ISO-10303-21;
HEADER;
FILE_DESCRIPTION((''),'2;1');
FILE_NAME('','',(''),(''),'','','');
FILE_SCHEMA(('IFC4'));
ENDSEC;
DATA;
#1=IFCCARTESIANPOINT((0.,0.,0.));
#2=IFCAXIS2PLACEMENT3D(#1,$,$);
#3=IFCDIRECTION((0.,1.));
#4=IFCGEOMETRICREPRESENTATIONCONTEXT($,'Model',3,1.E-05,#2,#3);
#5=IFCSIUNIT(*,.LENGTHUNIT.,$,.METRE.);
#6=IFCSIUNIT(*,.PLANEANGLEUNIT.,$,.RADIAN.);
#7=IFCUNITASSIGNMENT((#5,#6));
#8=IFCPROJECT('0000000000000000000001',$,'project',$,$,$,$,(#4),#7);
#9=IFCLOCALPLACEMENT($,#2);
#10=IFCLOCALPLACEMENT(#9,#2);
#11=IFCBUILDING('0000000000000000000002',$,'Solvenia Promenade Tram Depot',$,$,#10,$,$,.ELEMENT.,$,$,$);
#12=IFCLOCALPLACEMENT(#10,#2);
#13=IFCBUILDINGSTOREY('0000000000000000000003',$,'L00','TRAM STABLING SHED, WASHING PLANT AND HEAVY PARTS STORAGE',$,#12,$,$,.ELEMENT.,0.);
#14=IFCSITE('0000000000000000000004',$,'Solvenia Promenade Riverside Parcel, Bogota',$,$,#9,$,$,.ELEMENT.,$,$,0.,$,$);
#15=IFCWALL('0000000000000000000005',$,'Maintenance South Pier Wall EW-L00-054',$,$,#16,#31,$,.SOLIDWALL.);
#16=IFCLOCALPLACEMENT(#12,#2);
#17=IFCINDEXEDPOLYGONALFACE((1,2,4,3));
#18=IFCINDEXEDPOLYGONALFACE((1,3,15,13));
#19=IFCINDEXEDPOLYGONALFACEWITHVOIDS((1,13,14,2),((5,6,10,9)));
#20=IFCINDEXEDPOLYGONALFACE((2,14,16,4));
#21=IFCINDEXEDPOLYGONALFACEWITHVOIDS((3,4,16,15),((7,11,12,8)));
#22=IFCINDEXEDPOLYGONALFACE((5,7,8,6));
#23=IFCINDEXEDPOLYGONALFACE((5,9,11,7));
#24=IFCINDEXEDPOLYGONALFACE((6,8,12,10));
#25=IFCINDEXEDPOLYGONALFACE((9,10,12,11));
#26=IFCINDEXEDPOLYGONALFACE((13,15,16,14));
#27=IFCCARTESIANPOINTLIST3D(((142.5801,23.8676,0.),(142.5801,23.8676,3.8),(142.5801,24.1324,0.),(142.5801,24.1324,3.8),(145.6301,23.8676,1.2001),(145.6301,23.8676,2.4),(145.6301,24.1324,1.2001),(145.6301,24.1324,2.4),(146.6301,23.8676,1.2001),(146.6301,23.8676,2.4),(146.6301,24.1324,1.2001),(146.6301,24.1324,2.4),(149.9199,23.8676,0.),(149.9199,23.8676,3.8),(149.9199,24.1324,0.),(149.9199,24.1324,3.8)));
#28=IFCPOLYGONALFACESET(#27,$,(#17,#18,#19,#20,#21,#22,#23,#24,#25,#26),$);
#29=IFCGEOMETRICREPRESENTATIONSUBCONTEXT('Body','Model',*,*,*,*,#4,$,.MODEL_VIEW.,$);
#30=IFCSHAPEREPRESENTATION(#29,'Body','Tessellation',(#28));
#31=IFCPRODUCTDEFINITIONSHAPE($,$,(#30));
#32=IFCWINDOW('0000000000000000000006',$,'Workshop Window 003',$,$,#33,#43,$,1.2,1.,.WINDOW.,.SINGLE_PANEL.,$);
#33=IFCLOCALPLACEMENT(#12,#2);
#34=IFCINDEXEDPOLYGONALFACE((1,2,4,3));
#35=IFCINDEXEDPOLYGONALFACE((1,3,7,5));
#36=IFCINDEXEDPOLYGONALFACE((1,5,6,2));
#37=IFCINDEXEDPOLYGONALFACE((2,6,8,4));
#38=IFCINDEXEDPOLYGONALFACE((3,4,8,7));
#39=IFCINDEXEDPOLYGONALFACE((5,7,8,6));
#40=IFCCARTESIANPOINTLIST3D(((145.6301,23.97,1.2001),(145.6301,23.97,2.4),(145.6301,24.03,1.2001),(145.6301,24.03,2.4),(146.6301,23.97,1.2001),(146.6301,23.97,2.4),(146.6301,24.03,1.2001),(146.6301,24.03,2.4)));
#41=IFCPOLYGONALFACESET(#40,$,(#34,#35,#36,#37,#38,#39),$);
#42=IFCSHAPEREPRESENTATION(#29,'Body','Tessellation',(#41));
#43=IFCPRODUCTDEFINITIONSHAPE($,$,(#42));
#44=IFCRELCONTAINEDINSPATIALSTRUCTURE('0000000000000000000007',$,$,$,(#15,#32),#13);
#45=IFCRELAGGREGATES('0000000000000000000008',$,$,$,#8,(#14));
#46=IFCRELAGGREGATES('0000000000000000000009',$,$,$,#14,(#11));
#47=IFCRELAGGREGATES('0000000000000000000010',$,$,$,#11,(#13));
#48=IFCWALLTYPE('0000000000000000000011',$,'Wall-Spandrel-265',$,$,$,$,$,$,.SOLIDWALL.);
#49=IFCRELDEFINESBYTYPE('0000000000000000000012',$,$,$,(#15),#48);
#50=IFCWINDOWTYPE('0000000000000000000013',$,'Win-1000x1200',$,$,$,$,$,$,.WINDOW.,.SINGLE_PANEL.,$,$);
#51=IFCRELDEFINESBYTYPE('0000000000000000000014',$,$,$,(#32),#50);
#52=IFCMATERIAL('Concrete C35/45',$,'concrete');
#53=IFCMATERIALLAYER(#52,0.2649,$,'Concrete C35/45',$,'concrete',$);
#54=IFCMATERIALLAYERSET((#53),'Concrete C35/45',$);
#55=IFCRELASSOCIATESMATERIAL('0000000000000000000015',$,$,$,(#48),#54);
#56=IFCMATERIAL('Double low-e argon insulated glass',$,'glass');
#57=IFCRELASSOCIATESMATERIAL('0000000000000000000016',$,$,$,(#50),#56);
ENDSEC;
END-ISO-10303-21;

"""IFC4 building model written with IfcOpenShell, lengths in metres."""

from ifc_helpers import new_model, si_unit, direction, frame, frame_2d, origin, place, context, subcontext, project, spatial, rectangle, extrude, material, layer, layer_set, type_object, element, fill, save


model = new_model("IFC4")

# Units and contexts
model_context = context("Model", 3, precision=1e-05, world=origin(), true_north=direction((0.0, 1.0)))
body_context = subcontext(model_context, "Body", "Model", "MODEL_VIEW")
ifc_project = project(units=[si_unit("LENGTHUNIT", "METRE"), si_unit("PLANEANGLEUNIT", "RADIAN")], contexts=[model_context])

# Site, building, storey
site_placement = place(None, origin())
site = spatial("IfcSite", under=ifc_project, at=site_placement, Name="Solvenia Promenade Riverside Parcel, Bogota", CompositionType="ELEMENT", RefElevation=0.0)
building_placement = place(site_placement, origin())
building = spatial("IfcBuilding", under=site, at=building_placement, Name="Solvenia Promenade Tram Depot", CompositionType="ELEMENT")
storey_placement = place(building_placement, origin())
storey = spatial("IfcBuildingStorey", under=building, at=storey_placement, Name="L00", Description="TRAM STABLING SHED, WASHING PLANT AND HEAVY PARTS STORAGE", CompositionType="ELEMENT", Elevation=0.0)

# Shared definitions
ifc_material_1 = material(Name="Double low-e argon insulated glass", Category="glass")

# Shared definitions
ifc_material_2 = material(Name="Concrete C35/45", Category="concrete")

# Wall, opening, window
ifc_layer_1 = layer(ifc_material_2, 0.2649, Name="Concrete C35/45", Category="concrete")
ifc_layer_set_1 = layer_set([ifc_layer_1], Name="Concrete C35/45")
wall_type_1 = type_object("IfcWallType", Name="Wall-Spandrel-265", PredefinedType="SOLIDWALL", material=ifc_layer_set_1)
wall_1_placement = place(storey_placement, frame((142.5801, 24.0, 0.0), z_axis=(0.0, 0.0, 1.0), x_axis=(1.0, 0.0, 0.0)))
wall_1 = element("IfcWall", 1, at=wall_1_placement, inside=storey, type_object=wall_type_1, Name="Maintenance South Pier Wall EW-L00-054", PredefinedType="SOLIDWALL", context=body_context, shape_type="SweptSolid", body=[
    extrude(rectangle(XDim=7.3398, YDim=0.2649, at=frame_2d((3.6699, 0.0))), origin(), (0.0, 0.0, 1.0), 3.8),
])
opening_placement = place(wall_1_placement, frame((3.05, 0.0, 1.2)))
opening = element("IfcOpeningElement", 2, at=opening_placement, cuts=wall_1, PredefinedType="OPENING", context=body_context, shape_type="SweptSolid", body=[
    extrude(rectangle(XDim=1.0, YDim=1.2, at=frame_2d((0.5, 0.6001))), frame((0.0, 0.1423, 0.0), z_axis=(0.0, -1.0, 0.0), x_axis=(1.0, 0.0, 0.0)), (0.0, 0.0, 1.0), 0.2849),
])
window_type = type_object("IfcWindowType", Name="Win-1000x1200", PartitioningType="SINGLE_PANEL", PredefinedType="WINDOW", material=ifc_material_1)
window_placement = place(opening_placement, origin())
window = element("IfcWindow", 3, at=window_placement, inside=storey, type_object=window_type, Name="Workshop Window 003", OverallHeight=1.2, OverallWidth=1.0, PartitioningType="SINGLE_PANEL", PredefinedType="WINDOW", context=body_context, shape_type="SweptSolid", body=[
    extrude(rectangle(XDim=1.0, YDim=1.2, at=frame_2d((0.5, 0.6001))), frame((0.0, 0.03, 0.0), z_axis=(0.0, -1.0, 0.0), x_axis=(1.0, 0.0, 0.0)), (0.0, 0.0, 1.0), 0.0601),
])
fill(opening, window)

save(model, "model.ifc")
